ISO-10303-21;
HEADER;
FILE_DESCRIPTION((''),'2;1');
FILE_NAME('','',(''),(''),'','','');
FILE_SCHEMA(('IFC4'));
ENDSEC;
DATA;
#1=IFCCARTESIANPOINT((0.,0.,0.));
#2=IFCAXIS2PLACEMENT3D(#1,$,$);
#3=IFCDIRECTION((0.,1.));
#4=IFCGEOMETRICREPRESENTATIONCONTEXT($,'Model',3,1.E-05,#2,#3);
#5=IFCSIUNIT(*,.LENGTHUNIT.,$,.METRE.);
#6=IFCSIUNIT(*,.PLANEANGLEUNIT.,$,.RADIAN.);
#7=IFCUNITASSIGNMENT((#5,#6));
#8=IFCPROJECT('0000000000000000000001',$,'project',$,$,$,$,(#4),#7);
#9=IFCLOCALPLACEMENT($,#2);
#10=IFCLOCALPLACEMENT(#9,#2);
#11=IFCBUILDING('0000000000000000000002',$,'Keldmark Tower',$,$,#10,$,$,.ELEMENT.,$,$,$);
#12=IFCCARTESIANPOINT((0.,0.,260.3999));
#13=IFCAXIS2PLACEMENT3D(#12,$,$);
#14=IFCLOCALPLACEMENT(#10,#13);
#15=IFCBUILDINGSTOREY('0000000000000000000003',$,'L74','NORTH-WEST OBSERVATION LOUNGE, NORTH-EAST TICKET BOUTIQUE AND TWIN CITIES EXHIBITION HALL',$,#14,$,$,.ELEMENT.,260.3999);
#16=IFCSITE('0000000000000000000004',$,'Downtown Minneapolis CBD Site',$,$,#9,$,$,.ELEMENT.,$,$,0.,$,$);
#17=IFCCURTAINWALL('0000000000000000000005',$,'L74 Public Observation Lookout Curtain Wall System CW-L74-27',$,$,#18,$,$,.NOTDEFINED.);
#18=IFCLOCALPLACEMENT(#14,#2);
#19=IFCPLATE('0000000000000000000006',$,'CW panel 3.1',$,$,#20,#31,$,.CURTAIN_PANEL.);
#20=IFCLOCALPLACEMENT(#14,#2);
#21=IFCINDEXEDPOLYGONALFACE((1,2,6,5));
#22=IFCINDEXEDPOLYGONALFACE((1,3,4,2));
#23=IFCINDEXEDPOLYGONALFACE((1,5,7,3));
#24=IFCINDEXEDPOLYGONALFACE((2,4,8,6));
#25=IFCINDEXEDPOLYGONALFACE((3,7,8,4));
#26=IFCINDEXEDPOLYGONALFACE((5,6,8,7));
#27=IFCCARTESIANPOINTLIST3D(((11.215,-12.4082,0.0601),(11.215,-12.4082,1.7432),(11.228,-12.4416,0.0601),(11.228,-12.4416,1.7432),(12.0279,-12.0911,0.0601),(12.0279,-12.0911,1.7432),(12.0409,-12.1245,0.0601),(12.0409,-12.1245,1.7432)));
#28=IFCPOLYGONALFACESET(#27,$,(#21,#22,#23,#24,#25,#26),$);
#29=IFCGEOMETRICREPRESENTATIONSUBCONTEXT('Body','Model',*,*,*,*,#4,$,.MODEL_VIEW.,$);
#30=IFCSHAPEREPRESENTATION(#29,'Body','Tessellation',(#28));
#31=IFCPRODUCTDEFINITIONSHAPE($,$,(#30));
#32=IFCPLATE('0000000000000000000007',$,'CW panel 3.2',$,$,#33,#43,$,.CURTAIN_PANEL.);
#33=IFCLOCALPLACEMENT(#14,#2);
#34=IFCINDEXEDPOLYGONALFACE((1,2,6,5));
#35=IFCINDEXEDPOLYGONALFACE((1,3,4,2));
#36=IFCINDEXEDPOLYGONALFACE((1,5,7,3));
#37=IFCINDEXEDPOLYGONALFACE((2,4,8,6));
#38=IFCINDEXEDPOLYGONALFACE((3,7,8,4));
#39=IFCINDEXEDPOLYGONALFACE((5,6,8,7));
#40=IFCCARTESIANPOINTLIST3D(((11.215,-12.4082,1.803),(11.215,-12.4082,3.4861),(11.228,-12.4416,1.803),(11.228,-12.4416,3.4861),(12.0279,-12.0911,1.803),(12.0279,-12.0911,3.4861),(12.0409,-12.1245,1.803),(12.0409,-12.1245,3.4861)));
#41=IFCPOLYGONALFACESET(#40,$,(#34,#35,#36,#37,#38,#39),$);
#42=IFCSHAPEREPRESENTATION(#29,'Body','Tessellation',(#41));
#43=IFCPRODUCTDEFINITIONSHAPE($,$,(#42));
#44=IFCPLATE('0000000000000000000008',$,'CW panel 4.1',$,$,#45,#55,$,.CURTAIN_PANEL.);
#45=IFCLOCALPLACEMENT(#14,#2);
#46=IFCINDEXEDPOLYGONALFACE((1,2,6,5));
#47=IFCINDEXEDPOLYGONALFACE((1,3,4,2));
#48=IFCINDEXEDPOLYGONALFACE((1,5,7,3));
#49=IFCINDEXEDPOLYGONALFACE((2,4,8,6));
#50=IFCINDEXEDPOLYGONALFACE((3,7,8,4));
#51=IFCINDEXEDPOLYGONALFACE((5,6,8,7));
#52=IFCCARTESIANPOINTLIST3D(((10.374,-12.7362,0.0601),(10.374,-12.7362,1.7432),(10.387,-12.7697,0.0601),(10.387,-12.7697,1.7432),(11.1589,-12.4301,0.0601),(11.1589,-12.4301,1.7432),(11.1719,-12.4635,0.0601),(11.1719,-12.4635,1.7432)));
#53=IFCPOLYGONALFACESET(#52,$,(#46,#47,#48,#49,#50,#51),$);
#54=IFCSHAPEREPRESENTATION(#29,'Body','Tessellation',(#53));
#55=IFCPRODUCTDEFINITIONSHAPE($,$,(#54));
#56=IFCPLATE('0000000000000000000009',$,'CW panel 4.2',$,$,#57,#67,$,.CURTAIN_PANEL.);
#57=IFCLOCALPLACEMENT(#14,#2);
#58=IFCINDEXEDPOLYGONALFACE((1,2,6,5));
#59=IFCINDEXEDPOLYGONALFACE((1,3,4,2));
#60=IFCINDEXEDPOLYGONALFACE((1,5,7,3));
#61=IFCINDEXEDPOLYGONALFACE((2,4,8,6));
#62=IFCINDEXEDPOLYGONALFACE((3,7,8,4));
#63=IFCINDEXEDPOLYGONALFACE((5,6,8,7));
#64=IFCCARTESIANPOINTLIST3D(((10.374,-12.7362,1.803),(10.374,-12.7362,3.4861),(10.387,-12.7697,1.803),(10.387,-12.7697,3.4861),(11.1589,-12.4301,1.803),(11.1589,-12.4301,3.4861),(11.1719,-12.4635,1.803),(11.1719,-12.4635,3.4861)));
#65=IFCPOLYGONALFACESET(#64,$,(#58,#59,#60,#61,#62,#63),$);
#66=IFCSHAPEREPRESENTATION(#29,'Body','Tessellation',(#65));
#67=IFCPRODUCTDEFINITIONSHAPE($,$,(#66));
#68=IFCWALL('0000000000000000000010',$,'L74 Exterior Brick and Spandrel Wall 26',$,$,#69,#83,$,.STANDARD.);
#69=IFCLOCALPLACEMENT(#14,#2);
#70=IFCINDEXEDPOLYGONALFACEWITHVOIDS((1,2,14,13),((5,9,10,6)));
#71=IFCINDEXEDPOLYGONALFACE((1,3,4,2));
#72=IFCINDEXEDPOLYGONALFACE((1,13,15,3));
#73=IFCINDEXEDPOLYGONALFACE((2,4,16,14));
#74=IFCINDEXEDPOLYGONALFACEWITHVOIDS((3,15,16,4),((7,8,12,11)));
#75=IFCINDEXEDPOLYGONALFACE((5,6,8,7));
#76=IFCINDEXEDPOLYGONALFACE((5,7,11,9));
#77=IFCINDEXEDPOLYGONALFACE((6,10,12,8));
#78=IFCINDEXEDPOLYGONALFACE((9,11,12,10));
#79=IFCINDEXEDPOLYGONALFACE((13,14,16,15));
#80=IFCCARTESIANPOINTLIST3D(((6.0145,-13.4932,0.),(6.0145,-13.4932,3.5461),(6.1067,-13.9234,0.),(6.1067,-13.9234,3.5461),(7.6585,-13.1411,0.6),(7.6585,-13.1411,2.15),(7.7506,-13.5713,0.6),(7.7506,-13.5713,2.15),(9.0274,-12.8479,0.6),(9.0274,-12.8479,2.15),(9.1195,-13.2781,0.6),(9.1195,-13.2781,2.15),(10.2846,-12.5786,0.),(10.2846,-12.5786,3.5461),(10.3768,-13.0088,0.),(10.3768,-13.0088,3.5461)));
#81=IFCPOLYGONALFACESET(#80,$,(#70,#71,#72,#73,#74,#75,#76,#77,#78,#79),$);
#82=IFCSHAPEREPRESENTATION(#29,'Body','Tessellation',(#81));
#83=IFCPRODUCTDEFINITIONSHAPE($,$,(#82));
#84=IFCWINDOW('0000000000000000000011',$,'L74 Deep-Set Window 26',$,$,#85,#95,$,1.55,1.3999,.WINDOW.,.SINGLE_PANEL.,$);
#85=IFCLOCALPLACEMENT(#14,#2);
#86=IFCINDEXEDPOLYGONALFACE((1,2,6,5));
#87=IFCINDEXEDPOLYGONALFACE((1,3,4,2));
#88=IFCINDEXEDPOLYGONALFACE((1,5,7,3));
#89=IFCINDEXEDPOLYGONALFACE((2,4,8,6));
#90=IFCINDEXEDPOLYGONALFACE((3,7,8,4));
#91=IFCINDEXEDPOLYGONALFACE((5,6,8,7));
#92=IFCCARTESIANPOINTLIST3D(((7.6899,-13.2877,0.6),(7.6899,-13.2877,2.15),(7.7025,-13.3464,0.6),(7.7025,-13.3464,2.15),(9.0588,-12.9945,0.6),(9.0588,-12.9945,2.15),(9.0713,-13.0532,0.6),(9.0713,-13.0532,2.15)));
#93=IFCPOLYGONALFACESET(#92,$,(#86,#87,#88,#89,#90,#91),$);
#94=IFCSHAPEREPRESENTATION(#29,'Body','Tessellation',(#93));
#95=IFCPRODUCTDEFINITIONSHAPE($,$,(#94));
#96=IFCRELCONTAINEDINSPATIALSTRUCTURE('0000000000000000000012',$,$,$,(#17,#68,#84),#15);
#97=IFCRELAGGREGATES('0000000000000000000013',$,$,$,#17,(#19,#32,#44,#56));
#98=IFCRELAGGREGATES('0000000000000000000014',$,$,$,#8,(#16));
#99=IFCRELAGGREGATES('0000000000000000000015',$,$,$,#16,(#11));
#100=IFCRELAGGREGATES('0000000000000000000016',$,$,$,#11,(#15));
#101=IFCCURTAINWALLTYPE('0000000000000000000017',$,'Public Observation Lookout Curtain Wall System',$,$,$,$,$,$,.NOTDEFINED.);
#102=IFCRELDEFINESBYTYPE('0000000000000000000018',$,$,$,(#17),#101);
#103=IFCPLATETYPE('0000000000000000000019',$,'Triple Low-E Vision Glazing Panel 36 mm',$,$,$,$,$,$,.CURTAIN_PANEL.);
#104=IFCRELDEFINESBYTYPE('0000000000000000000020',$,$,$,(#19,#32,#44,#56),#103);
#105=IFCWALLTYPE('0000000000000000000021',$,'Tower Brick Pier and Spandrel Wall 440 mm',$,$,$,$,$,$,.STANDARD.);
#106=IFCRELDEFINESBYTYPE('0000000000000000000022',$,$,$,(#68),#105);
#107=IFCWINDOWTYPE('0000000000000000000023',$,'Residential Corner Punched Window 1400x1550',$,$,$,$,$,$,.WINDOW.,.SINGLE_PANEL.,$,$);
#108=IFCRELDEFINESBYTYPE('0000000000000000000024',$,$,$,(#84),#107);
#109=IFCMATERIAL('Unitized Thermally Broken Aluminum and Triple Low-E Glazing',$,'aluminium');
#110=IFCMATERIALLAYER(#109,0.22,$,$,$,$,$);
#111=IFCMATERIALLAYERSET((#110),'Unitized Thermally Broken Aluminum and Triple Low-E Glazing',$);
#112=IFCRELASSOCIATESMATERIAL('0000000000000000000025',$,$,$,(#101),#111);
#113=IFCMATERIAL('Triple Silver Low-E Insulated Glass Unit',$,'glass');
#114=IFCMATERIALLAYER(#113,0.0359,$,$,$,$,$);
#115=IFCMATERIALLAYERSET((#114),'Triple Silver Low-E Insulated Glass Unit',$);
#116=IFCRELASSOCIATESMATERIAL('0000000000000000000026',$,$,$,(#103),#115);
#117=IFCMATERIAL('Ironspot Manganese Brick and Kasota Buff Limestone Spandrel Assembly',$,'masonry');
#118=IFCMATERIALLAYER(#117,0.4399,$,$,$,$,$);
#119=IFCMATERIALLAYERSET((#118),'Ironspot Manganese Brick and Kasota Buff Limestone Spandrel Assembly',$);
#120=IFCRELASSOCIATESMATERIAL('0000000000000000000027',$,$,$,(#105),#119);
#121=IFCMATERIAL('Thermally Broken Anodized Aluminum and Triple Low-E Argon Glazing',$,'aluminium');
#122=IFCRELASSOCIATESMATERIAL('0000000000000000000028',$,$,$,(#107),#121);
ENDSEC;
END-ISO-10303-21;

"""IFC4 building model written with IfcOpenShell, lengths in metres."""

from ifc_helpers import new_model, si_unit, direction, frame, frame_2d, origin, origin_2d, place, context, subcontext, project, spatial, rectangle, extrude, material, layer, layer_set, type_object, element, fill, aggregate, save


model = new_model("IFC4")

# Units and contexts
model_context = context("Model", 3, precision=1e-05, world=origin(), true_north=direction((0.0, 1.0)))
body_context = subcontext(model_context, "Body", "Model", "MODEL_VIEW")
ifc_project = project(units=[si_unit("LENGTHUNIT", "METRE"), si_unit("PLANEANGLEUNIT", "RADIAN")], contexts=[model_context])

# Site, building, storey
site_placement = place(None, origin())
site = spatial("IfcSite", under=ifc_project, at=site_placement, Name="Downtown Minneapolis CBD Site", CompositionType="ELEMENT", RefElevation=0.0)
building_placement = place(site_placement, origin())
building = spatial("IfcBuilding", under=site, at=building_placement, Name="Keldmark Tower", CompositionType="ELEMENT")
storey_placement = place(building_placement, frame((0.0, 0.0, 260.3999)))
storey = spatial("IfcBuildingStorey", under=building, at=storey_placement, Name="L74", Description="NORTH-WEST OBSERVATION LOUNGE, NORTH-EAST TICKET BOUTIQUE AND TWIN CITIES EXHIBITION HALL", CompositionType="ELEMENT", Elevation=260.3999)

# Curtain wall
ifc_material_1 = material(Name="Unitized Thermally Broken Aluminum and Triple Low-E Glazing", Category="aluminium")
ifc_layer_1 = layer(ifc_material_1, 0.22)
ifc_layer_set_1 = layer_set([ifc_layer_1], Name="Unitized Thermally Broken Aluminum and Triple Low-E Glazing")
curtain_wall_type = type_object("IfcCurtainWallType", Name="Public Observation Lookout Curtain Wall System", PredefinedType="NOTDEFINED", material=ifc_layer_set_1)
curtain_wall_placement = place(storey_placement, origin())
curtain_wall = element("IfcCurtainWall", 1, at=curtain_wall_placement, inside=storey, type_object=curtain_wall_type, Name="L74 Public Observation Lookout Curtain Wall System CW-L74-27", PredefinedType="NOTDEFINED")

# Plates
ifc_material_2 = material(Name="Triple Silver Low-E Insulated Glass Unit", Category="glass")
ifc_layer_2 = layer(ifc_material_2, 0.0359)
ifc_layer_set_2 = layer_set([ifc_layer_2], Name="Triple Silver Low-E Insulated Glass Unit")
plate_type_1 = type_object("IfcPlateType", Name="Triple Low-E Vision Glazing Panel 36 mm", PredefinedType="CURTAIN_PANEL", material=ifc_layer_set_2)
plate_1_placement = place(storey_placement, frame((11.6279, -12.2664, 0.0601), z_axis=(0.0, 0.0, 1.0), x_axis=(-0.93164, -0.363381, 0.0)))
plate_1 = element("IfcPlate", 2, at=plate_1_placement, type_object=plate_type_1, Name="CW panel 3.1", PredefinedType="CURTAIN_PANEL", context=body_context, shape_type="SweptSolid", body=[
    extrude(rectangle(XDim=0.8726, YDim=0.0359, at=origin_2d()), origin(), (0.0, 0.0, 1.0), 1.6831),
])
plate_2_placement = place(storey_placement, frame((11.6279, -12.2664, 1.803), z_axis=(0.0, 0.0, 1.0), x_axis=(-0.93164, -0.363381, 0.0)))
plate_2 = element("IfcPlate", 3, at=plate_2_placement, type_object=plate_type_1, Name="CW panel 3.2", PredefinedType="CURTAIN_PANEL", context=body_context, shape_type="SweptSolid", body=[
    extrude(rectangle(XDim=0.8726, YDim=0.0359, at=origin_2d()), origin(), (0.0, 0.0, 1.0), 1.6831),
])
plate_3_placement = place(storey_placement, frame((10.7729, -12.5999, 0.0601), z_axis=(0.0, 0.0, 1.0), x_axis=(-0.93164, -0.363381, 0.0)))
plate_3 = element("IfcPlate", 4, at=plate_3_placement, type_object=plate_type_1, Name="CW panel 4.1", PredefinedType="CURTAIN_PANEL", context=body_context, shape_type="SweptSolid", body=[
    extrude(rectangle(XDim=0.8425, YDim=0.0359, at=origin_2d()), origin(), (0.0, 0.0, 1.0), 1.6831),
])
plate_4_placement = place(storey_placement, frame((10.7729, -12.5999, 1.803), z_axis=(0.0, 0.0, 1.0), x_axis=(-0.93164, -0.363381, 0.0)))
plate_4 = element("IfcPlate", 5, at=plate_4_placement, type_object=plate_type_1, Name="CW panel 4.2", PredefinedType="CURTAIN_PANEL", context=body_context, shape_type="SweptSolid", body=[
    extrude(rectangle(XDim=0.8425, YDim=0.0359, at=origin_2d()), origin(), (0.0, 0.0, 1.0), 1.6831),
])
aggregate(curtain_wall, [plate_1, plate_2, plate_3, plate_4])

# Wall, opening, window
ifc_material_3 = material(Name="Ironspot Manganese Brick and Kasota Buff Limestone Spandrel Assembly", Category="masonry")
ifc_layer_3 = layer(ifc_material_3, 0.4399)
ifc_layer_set_3 = layer_set([ifc_layer_3], Name="Ironspot Manganese Brick and Kasota Buff Limestone Spandrel Assembly")
wall_type = type_object("IfcWallType", Name="Tower Brick Pier and Spandrel Wall 440 mm", PredefinedType="STANDARD", material=ifc_layer_set_3)
wall_placement = place(storey_placement, frame((10.3308, -12.7937, 0.0), z_axis=(0.0, 0.0, 1.0), x_axis=(-0.977824, -0.20943, 0.0)))
wall = element("IfcWall", 6, at=wall_placement, inside=storey, type_object=wall_type, Name="L74 Exterior Brick and Spandrel Wall 26", PredefinedType="STANDARD", context=body_context, shape_type="SweptSolid", body=[
    extrude(rectangle(XDim=4.3669, YDim=0.4399, at=frame_2d((2.1836, 0.0))), origin(), (0.0, 0.0, 1.0), 3.5461),
])
opening_placement = place(wall_placement, frame((1.2859, 0.0, 0.6001)))
opening = element("IfcOpeningElement", 7, at=opening_placement, cuts=wall, PredefinedType="OPENING", context=body_context, shape_type="SweptSolid", body=[
    extrude(rectangle(XDim=1.3999, YDim=1.55, at=frame_2d((0.7, 0.7749))), frame((0.0, 0.23, 0.0), z_axis=(0.0, -1.0, 0.0), x_axis=(1.0, 0.0, 0.0)), (0.0, 0.0, 1.0), 0.46),
])
ifc_material_4 = material(Name="Thermally Broken Anodized Aluminum and Triple Low-E Argon Glazing", Category="aluminium")
window_type = type_object("IfcWindowType", Name="Residential Corner Punched Window 1400x1550", PartitioningType="SINGLE_PANEL", PredefinedType="WINDOW", material=ifc_material_4)
window_placement = place(opening_placement, origin())
window = element("IfcWindow", 8, at=window_placement, inside=storey, type_object=window_type, Name="L74 Deep-Set Window 26", OverallHeight=1.55, OverallWidth=1.3999, PartitioningType="SINGLE_PANEL", PredefinedType="WINDOW", context=body_context, shape_type="SweptSolid", body=[
    extrude(rectangle(XDim=1.3999, YDim=1.55, at=frame_2d((0.7, 0.7749))), frame((0.0, -0.01, 0.0), z_axis=(0.0, -1.0, 0.0), x_axis=(1.0, 0.0, 0.0)), (0.0, 0.0, 1.0), 0.0601),
])
fill(opening, window)

save(model, "model.ifc")
